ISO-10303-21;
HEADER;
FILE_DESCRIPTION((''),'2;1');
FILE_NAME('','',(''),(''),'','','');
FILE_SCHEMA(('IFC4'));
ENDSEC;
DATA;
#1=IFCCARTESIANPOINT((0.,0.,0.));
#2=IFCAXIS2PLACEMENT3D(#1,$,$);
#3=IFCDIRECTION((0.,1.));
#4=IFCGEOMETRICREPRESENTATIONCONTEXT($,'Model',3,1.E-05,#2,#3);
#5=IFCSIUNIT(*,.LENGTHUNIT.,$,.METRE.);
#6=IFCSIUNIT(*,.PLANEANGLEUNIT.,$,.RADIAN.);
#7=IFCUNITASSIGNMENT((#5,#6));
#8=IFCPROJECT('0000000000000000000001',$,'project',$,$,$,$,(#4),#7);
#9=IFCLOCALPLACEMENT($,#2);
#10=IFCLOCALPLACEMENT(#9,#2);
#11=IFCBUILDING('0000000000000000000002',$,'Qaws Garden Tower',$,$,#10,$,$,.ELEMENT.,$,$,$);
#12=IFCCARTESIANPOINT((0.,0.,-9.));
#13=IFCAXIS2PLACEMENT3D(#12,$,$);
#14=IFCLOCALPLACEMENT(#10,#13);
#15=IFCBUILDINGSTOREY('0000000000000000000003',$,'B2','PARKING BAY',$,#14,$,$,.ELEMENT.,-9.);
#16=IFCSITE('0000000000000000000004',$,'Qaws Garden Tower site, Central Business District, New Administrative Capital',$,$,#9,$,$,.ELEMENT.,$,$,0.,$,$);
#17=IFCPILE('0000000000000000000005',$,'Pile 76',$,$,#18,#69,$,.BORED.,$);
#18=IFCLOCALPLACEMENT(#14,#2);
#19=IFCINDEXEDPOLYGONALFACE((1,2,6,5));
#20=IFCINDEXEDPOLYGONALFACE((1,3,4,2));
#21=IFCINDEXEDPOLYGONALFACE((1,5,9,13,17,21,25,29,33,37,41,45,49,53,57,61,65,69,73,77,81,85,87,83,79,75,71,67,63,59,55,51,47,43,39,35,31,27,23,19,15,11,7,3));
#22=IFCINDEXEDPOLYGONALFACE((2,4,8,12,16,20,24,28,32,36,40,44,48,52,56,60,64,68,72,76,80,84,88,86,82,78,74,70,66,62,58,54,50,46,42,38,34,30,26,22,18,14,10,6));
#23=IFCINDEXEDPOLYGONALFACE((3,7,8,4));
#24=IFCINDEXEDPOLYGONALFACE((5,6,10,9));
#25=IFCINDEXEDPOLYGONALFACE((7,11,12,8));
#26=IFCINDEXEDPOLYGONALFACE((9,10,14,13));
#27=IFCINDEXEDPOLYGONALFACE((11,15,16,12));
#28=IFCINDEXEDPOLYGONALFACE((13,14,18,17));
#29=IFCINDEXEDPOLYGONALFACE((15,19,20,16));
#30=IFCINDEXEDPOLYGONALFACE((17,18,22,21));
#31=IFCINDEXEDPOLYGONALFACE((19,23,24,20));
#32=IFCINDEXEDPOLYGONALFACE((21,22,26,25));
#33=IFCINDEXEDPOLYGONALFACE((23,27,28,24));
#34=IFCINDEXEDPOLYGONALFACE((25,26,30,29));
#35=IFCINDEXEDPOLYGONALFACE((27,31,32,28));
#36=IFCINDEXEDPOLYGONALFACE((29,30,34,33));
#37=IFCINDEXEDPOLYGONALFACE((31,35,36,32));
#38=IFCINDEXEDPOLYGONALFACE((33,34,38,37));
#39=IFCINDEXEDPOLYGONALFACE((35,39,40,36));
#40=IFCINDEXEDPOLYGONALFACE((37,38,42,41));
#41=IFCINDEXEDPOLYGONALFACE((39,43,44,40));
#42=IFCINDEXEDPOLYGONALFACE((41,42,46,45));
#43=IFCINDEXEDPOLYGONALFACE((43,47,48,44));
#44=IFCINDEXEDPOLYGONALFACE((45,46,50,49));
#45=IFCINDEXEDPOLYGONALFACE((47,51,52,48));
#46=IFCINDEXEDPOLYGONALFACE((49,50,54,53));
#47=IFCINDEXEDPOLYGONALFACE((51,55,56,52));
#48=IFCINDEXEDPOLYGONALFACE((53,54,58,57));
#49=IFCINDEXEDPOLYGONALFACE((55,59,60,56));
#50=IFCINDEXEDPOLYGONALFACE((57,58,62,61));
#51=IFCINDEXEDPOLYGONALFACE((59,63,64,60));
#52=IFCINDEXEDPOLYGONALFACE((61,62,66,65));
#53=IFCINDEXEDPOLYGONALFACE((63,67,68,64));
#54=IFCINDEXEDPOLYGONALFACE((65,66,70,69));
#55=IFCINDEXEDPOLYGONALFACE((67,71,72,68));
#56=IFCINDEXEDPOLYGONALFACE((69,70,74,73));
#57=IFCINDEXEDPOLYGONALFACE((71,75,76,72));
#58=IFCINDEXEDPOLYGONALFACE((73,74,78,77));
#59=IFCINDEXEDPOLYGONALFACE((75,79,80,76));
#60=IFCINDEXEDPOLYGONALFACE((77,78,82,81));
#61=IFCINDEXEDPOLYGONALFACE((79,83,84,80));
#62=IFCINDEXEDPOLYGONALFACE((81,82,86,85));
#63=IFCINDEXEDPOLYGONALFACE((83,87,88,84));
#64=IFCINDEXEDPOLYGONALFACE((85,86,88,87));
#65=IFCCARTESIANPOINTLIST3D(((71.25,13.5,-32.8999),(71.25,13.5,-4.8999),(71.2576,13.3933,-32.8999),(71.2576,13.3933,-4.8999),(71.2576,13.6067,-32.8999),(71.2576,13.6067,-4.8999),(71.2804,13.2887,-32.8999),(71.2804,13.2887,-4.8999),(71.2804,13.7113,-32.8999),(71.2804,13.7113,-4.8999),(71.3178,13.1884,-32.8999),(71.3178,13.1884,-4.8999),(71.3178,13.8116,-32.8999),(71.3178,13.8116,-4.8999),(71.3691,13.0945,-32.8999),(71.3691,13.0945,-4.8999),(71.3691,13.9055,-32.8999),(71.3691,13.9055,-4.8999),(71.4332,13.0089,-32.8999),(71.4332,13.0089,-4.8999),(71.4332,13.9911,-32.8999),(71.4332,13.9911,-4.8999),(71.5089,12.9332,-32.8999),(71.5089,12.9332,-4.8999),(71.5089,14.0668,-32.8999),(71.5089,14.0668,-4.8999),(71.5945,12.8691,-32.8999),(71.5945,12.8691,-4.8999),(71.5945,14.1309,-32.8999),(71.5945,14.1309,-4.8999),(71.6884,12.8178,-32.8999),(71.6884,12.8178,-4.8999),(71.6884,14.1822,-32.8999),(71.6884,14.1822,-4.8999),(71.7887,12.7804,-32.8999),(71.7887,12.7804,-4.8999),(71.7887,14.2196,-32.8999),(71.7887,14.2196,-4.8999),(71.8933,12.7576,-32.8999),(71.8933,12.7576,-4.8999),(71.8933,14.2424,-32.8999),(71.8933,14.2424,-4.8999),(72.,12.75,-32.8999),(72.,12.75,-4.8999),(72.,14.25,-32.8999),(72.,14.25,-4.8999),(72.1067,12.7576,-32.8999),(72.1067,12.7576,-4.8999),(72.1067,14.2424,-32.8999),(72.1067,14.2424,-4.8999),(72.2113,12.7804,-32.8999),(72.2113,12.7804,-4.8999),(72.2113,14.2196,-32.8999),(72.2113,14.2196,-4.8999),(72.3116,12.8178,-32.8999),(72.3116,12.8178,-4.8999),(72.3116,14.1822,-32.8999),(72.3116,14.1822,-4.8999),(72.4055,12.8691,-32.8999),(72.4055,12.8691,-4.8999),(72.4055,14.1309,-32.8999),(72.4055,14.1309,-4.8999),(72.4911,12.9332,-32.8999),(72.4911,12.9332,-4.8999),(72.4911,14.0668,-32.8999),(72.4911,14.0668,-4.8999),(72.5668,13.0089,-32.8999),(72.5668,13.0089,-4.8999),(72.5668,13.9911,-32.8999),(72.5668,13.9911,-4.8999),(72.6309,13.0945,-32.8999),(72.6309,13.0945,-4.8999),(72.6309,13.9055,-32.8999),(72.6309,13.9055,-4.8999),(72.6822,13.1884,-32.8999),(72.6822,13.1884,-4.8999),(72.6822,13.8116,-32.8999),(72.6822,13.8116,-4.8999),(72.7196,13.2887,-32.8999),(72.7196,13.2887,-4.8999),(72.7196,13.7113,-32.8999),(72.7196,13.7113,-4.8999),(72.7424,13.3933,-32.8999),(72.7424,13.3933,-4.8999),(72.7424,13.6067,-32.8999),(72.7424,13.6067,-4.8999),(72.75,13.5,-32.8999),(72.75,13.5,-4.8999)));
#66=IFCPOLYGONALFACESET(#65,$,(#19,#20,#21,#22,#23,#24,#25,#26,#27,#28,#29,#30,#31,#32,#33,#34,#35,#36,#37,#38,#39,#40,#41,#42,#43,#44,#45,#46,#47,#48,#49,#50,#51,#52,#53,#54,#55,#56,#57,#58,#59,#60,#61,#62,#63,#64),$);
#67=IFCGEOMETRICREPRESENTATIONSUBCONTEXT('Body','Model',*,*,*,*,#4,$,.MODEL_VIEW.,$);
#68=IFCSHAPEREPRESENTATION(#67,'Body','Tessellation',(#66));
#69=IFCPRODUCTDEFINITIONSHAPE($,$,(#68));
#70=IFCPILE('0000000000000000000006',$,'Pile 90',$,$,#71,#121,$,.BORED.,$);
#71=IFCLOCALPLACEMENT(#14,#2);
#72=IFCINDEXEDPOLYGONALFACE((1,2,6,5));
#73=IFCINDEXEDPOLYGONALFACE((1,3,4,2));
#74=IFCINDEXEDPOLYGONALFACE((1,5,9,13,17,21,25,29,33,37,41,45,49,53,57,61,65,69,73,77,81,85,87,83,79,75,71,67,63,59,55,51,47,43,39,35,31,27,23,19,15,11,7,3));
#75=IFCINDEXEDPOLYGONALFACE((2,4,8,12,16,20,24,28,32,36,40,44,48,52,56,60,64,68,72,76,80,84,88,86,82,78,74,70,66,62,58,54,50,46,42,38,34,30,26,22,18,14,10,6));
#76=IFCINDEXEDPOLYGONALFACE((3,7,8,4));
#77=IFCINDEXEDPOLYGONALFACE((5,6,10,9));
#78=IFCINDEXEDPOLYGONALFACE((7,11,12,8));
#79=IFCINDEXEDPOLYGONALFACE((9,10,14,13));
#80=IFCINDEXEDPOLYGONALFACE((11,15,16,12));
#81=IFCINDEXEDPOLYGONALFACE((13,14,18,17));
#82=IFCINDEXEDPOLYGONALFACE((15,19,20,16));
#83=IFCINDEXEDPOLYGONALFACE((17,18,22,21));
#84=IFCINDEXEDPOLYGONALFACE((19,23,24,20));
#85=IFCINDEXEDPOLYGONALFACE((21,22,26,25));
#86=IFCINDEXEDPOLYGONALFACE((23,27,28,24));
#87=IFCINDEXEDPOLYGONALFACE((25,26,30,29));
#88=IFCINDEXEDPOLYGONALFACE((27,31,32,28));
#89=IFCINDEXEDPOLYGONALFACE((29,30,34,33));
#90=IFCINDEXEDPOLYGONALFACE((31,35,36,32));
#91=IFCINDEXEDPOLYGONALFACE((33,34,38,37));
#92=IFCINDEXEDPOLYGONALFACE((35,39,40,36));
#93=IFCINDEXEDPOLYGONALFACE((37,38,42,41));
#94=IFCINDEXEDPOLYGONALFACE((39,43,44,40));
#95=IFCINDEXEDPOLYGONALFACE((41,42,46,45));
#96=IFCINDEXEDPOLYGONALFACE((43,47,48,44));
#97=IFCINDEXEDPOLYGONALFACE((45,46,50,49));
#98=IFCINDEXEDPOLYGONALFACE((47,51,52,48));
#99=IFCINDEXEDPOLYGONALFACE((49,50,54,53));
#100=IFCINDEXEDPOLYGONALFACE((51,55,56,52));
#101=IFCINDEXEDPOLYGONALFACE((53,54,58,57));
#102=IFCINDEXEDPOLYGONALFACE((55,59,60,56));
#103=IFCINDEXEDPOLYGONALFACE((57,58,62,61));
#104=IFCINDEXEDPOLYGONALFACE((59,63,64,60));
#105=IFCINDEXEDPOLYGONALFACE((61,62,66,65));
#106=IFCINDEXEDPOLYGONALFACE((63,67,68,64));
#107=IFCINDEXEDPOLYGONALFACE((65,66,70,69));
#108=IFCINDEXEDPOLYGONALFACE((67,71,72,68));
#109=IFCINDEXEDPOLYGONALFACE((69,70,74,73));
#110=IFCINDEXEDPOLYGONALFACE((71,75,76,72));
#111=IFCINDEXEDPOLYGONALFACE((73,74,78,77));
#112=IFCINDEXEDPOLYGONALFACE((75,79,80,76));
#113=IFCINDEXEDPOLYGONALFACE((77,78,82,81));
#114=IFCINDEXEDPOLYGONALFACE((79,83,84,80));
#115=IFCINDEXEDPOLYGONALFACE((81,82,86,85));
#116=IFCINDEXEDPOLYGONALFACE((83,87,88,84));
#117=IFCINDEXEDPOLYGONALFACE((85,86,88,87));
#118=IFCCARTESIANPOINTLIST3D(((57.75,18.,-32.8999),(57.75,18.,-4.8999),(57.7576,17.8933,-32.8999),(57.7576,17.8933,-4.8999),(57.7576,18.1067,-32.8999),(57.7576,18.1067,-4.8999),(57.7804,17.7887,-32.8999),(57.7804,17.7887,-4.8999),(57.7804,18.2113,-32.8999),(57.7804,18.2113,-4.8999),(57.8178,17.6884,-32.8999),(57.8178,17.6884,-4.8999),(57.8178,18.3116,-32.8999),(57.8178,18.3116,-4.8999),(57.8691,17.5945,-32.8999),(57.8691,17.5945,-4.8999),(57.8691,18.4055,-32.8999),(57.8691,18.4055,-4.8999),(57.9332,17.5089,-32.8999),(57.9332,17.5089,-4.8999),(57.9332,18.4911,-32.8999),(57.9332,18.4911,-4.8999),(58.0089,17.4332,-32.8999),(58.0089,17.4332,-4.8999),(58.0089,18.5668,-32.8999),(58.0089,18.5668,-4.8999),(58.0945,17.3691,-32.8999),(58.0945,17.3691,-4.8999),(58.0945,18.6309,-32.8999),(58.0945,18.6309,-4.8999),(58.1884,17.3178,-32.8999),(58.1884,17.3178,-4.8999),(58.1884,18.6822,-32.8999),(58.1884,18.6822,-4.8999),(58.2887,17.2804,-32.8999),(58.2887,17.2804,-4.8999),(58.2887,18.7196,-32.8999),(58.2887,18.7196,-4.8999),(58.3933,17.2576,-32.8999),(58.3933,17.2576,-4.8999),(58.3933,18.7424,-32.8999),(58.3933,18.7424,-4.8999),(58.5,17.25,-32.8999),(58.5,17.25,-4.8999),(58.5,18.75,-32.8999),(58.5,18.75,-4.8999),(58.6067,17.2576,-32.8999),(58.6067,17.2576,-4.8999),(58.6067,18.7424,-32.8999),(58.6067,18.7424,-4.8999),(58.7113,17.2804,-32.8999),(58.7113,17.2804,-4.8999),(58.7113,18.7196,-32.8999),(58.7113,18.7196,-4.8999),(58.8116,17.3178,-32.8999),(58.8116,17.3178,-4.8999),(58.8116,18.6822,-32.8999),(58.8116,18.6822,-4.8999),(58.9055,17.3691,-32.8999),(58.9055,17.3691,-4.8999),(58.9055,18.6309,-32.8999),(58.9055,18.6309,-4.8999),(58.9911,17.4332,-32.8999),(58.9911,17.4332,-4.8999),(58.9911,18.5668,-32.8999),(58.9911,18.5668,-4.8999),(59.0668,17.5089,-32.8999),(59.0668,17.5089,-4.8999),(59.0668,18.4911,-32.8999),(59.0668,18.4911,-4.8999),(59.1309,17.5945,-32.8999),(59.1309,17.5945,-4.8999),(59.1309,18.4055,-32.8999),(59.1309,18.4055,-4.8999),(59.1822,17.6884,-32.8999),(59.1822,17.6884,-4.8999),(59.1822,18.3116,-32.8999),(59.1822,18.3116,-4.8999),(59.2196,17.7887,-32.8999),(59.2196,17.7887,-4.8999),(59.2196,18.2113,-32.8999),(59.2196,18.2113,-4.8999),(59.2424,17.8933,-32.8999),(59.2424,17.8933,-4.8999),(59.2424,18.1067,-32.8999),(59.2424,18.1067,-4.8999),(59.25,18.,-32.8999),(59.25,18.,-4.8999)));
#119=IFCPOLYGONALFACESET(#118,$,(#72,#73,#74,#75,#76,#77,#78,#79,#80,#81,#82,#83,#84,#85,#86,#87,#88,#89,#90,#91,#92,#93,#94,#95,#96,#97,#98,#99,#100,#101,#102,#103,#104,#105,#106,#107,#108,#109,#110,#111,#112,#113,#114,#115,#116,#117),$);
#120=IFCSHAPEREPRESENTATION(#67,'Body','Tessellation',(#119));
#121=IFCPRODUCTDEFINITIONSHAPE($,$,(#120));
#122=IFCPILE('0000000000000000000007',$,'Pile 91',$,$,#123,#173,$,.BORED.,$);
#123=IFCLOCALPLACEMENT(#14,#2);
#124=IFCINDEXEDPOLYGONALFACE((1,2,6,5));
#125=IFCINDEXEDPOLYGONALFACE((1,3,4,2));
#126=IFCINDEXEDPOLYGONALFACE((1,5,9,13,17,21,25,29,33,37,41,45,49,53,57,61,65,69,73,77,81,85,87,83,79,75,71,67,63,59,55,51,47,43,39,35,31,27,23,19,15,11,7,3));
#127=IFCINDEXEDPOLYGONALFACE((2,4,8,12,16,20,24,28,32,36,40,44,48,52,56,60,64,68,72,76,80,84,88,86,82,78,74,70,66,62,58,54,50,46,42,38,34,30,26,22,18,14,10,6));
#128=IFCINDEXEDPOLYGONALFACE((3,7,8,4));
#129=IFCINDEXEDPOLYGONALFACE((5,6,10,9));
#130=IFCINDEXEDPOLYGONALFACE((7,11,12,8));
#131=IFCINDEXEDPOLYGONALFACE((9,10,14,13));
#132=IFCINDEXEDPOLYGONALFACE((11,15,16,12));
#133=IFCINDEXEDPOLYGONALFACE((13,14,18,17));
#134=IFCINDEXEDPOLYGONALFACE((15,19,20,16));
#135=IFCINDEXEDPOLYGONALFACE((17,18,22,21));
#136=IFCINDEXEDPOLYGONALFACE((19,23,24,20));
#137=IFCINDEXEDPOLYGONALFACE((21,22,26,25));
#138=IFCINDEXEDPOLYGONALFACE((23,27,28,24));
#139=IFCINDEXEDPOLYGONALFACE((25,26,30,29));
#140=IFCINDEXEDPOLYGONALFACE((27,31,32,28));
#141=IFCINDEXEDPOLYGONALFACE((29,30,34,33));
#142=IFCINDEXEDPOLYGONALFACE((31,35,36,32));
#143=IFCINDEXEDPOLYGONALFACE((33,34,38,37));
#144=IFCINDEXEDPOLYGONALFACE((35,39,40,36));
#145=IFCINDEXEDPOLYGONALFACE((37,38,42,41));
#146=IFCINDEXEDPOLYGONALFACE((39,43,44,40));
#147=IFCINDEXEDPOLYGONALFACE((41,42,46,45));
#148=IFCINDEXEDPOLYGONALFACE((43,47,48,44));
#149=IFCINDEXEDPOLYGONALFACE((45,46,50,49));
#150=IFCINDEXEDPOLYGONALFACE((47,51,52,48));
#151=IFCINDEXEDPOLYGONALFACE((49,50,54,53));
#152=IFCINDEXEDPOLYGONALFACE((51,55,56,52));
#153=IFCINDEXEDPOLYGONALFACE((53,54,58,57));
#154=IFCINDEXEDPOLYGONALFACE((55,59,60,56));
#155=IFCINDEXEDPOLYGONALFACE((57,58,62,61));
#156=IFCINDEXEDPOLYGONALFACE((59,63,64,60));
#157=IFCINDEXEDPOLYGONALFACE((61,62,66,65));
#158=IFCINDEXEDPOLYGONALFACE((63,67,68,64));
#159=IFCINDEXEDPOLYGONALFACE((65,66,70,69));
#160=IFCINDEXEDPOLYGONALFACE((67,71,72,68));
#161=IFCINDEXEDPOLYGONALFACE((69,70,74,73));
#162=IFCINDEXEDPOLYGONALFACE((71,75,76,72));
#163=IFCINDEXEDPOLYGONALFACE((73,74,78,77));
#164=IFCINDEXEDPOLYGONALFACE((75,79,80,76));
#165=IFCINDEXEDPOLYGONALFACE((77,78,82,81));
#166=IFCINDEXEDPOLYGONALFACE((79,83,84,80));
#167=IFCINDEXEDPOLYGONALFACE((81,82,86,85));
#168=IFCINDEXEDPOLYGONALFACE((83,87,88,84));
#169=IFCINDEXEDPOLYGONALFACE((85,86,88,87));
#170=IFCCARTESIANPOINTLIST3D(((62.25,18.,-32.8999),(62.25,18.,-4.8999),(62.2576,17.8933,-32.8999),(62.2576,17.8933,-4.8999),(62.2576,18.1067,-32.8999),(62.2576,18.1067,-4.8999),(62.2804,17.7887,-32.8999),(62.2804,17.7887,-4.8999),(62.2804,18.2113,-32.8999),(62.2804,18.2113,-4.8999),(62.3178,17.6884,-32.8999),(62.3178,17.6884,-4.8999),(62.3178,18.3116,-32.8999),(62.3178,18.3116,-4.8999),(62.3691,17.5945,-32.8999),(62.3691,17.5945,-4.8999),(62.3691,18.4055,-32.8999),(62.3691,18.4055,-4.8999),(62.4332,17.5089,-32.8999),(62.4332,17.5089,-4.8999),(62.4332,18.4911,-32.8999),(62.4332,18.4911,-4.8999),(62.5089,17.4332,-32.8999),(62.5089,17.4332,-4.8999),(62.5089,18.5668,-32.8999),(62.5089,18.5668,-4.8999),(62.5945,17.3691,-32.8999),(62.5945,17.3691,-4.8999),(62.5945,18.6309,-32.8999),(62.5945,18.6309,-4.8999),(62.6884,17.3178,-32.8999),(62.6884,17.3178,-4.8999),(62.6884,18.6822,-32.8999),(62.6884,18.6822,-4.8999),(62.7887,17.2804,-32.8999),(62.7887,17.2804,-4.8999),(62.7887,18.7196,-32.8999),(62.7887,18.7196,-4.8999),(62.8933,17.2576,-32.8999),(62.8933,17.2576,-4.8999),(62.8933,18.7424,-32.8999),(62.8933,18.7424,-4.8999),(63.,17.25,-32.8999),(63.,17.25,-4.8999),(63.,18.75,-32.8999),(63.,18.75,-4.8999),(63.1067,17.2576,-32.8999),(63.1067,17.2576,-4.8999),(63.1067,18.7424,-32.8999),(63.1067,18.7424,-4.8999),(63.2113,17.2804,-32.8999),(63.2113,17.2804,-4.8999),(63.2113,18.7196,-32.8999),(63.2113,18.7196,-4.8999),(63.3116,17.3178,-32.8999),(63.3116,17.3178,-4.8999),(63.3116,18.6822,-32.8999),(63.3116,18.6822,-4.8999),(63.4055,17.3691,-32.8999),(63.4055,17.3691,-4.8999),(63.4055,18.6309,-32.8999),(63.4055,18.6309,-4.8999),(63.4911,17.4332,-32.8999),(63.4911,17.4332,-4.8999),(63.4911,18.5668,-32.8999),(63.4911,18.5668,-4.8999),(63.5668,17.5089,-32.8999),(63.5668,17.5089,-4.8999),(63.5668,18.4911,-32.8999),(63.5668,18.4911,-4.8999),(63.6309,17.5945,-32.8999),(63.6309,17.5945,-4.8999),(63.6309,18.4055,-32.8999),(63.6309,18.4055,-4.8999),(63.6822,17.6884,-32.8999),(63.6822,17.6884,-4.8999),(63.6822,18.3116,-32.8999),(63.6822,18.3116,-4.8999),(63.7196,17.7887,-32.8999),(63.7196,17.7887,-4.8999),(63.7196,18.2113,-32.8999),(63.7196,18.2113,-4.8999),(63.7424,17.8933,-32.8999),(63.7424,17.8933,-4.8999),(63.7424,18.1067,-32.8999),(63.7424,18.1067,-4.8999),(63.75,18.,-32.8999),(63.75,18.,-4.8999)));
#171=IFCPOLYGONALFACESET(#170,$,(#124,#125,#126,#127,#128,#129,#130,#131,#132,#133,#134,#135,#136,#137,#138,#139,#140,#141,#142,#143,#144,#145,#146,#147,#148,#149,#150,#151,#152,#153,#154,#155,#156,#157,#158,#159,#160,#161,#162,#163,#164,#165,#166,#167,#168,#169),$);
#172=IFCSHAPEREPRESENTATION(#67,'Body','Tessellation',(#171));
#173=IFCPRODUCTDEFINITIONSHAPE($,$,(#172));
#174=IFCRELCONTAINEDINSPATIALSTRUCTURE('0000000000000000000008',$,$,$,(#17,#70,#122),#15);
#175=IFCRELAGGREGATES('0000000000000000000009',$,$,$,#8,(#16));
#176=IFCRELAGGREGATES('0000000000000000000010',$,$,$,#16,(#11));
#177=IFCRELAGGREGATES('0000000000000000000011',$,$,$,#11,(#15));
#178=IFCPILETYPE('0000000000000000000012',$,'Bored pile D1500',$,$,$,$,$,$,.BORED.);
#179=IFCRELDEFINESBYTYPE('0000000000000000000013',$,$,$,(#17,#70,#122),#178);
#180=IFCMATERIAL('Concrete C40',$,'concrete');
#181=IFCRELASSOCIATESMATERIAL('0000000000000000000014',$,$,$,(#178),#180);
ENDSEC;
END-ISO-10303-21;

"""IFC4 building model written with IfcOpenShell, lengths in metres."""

from ifc_helpers import new_model, si_unit, direction, frame, origin, origin_2d, place, context, subcontext, project, spatial, circle, extrude, material, material_profile, profile_set, type_object, element, save


model = new_model("IFC4")

# Units and contexts
model_context = context("Model", 3, precision=1e-05, world=origin(), true_north=direction((0.0, 1.0)))
body_context = subcontext(model_context, "Body", "Model", "MODEL_VIEW")
ifc_project = project(units=[si_unit("LENGTHUNIT", "METRE"), si_unit("PLANEANGLEUNIT", "RADIAN")], contexts=[model_context])

# Site, building, storey
site_placement = place(None, origin())
site = spatial("IfcSite", under=ifc_project, at=site_placement, Name="Qaws Garden Tower site, Central Business District, New Administrative Capital", CompositionType="ELEMENT", RefElevation=0.0)
building_placement = place(site_placement, origin())
building = spatial("IfcBuilding", under=site, at=building_placement, Name="Qaws Garden Tower", CompositionType="ELEMENT")
storey_placement = place(building_placement, frame((0.0, 0.0, -9.0)))
storey = spatial("IfcBuildingStorey", under=building, at=storey_placement, Name="B2", Description="PARKING BAY", CompositionType="ELEMENT", Elevation=-9.0)

# Piles
ifc_material_1 = material(Name="Concrete C40", Category="concrete")
ifc_material_profile_1 = material_profile(ifc_material_1, circle(Radius=0.75, at=origin_2d()), Name="Bored pile D1500")
ifc_profile_set_1 = profile_set([ifc_material_profile_1], Name="Concrete C40")
pile_type = type_object("IfcPileType", Name="Bored pile D1500", PredefinedType="BORED", material=ifc_profile_set_1)
for number, where, z_axis, x_axis, name in (
    (1, (72.0, 13.5, -4.8999), (0.0, 0.0, -1.0), (1.0, 0.0, 0.0), "Pile 76"),
    (2, (58.5, 18.0, -4.8999), (0.0, 0.0, -1.0), (1.0, 0.0, 0.0), "Pile 90"),
    (3, (63.0, 18.0, -4.8999), (0.0, 0.0, -1.0), (1.0, 0.0, 0.0), "Pile 91"),
):
    element("IfcPile", number, at=place(storey_placement, frame(where, z_axis=z_axis, x_axis=x_axis)), inside=storey, type_object=pile_type, Name=name, PredefinedType="BORED", context=body_context, shape_type="SweptSolid", body=[
        extrude(circle(Radius=0.75, at=origin_2d()), origin(), (0.0, 0.0, 1.0), 28.0),
    ])

save(model, "model.ifc")
